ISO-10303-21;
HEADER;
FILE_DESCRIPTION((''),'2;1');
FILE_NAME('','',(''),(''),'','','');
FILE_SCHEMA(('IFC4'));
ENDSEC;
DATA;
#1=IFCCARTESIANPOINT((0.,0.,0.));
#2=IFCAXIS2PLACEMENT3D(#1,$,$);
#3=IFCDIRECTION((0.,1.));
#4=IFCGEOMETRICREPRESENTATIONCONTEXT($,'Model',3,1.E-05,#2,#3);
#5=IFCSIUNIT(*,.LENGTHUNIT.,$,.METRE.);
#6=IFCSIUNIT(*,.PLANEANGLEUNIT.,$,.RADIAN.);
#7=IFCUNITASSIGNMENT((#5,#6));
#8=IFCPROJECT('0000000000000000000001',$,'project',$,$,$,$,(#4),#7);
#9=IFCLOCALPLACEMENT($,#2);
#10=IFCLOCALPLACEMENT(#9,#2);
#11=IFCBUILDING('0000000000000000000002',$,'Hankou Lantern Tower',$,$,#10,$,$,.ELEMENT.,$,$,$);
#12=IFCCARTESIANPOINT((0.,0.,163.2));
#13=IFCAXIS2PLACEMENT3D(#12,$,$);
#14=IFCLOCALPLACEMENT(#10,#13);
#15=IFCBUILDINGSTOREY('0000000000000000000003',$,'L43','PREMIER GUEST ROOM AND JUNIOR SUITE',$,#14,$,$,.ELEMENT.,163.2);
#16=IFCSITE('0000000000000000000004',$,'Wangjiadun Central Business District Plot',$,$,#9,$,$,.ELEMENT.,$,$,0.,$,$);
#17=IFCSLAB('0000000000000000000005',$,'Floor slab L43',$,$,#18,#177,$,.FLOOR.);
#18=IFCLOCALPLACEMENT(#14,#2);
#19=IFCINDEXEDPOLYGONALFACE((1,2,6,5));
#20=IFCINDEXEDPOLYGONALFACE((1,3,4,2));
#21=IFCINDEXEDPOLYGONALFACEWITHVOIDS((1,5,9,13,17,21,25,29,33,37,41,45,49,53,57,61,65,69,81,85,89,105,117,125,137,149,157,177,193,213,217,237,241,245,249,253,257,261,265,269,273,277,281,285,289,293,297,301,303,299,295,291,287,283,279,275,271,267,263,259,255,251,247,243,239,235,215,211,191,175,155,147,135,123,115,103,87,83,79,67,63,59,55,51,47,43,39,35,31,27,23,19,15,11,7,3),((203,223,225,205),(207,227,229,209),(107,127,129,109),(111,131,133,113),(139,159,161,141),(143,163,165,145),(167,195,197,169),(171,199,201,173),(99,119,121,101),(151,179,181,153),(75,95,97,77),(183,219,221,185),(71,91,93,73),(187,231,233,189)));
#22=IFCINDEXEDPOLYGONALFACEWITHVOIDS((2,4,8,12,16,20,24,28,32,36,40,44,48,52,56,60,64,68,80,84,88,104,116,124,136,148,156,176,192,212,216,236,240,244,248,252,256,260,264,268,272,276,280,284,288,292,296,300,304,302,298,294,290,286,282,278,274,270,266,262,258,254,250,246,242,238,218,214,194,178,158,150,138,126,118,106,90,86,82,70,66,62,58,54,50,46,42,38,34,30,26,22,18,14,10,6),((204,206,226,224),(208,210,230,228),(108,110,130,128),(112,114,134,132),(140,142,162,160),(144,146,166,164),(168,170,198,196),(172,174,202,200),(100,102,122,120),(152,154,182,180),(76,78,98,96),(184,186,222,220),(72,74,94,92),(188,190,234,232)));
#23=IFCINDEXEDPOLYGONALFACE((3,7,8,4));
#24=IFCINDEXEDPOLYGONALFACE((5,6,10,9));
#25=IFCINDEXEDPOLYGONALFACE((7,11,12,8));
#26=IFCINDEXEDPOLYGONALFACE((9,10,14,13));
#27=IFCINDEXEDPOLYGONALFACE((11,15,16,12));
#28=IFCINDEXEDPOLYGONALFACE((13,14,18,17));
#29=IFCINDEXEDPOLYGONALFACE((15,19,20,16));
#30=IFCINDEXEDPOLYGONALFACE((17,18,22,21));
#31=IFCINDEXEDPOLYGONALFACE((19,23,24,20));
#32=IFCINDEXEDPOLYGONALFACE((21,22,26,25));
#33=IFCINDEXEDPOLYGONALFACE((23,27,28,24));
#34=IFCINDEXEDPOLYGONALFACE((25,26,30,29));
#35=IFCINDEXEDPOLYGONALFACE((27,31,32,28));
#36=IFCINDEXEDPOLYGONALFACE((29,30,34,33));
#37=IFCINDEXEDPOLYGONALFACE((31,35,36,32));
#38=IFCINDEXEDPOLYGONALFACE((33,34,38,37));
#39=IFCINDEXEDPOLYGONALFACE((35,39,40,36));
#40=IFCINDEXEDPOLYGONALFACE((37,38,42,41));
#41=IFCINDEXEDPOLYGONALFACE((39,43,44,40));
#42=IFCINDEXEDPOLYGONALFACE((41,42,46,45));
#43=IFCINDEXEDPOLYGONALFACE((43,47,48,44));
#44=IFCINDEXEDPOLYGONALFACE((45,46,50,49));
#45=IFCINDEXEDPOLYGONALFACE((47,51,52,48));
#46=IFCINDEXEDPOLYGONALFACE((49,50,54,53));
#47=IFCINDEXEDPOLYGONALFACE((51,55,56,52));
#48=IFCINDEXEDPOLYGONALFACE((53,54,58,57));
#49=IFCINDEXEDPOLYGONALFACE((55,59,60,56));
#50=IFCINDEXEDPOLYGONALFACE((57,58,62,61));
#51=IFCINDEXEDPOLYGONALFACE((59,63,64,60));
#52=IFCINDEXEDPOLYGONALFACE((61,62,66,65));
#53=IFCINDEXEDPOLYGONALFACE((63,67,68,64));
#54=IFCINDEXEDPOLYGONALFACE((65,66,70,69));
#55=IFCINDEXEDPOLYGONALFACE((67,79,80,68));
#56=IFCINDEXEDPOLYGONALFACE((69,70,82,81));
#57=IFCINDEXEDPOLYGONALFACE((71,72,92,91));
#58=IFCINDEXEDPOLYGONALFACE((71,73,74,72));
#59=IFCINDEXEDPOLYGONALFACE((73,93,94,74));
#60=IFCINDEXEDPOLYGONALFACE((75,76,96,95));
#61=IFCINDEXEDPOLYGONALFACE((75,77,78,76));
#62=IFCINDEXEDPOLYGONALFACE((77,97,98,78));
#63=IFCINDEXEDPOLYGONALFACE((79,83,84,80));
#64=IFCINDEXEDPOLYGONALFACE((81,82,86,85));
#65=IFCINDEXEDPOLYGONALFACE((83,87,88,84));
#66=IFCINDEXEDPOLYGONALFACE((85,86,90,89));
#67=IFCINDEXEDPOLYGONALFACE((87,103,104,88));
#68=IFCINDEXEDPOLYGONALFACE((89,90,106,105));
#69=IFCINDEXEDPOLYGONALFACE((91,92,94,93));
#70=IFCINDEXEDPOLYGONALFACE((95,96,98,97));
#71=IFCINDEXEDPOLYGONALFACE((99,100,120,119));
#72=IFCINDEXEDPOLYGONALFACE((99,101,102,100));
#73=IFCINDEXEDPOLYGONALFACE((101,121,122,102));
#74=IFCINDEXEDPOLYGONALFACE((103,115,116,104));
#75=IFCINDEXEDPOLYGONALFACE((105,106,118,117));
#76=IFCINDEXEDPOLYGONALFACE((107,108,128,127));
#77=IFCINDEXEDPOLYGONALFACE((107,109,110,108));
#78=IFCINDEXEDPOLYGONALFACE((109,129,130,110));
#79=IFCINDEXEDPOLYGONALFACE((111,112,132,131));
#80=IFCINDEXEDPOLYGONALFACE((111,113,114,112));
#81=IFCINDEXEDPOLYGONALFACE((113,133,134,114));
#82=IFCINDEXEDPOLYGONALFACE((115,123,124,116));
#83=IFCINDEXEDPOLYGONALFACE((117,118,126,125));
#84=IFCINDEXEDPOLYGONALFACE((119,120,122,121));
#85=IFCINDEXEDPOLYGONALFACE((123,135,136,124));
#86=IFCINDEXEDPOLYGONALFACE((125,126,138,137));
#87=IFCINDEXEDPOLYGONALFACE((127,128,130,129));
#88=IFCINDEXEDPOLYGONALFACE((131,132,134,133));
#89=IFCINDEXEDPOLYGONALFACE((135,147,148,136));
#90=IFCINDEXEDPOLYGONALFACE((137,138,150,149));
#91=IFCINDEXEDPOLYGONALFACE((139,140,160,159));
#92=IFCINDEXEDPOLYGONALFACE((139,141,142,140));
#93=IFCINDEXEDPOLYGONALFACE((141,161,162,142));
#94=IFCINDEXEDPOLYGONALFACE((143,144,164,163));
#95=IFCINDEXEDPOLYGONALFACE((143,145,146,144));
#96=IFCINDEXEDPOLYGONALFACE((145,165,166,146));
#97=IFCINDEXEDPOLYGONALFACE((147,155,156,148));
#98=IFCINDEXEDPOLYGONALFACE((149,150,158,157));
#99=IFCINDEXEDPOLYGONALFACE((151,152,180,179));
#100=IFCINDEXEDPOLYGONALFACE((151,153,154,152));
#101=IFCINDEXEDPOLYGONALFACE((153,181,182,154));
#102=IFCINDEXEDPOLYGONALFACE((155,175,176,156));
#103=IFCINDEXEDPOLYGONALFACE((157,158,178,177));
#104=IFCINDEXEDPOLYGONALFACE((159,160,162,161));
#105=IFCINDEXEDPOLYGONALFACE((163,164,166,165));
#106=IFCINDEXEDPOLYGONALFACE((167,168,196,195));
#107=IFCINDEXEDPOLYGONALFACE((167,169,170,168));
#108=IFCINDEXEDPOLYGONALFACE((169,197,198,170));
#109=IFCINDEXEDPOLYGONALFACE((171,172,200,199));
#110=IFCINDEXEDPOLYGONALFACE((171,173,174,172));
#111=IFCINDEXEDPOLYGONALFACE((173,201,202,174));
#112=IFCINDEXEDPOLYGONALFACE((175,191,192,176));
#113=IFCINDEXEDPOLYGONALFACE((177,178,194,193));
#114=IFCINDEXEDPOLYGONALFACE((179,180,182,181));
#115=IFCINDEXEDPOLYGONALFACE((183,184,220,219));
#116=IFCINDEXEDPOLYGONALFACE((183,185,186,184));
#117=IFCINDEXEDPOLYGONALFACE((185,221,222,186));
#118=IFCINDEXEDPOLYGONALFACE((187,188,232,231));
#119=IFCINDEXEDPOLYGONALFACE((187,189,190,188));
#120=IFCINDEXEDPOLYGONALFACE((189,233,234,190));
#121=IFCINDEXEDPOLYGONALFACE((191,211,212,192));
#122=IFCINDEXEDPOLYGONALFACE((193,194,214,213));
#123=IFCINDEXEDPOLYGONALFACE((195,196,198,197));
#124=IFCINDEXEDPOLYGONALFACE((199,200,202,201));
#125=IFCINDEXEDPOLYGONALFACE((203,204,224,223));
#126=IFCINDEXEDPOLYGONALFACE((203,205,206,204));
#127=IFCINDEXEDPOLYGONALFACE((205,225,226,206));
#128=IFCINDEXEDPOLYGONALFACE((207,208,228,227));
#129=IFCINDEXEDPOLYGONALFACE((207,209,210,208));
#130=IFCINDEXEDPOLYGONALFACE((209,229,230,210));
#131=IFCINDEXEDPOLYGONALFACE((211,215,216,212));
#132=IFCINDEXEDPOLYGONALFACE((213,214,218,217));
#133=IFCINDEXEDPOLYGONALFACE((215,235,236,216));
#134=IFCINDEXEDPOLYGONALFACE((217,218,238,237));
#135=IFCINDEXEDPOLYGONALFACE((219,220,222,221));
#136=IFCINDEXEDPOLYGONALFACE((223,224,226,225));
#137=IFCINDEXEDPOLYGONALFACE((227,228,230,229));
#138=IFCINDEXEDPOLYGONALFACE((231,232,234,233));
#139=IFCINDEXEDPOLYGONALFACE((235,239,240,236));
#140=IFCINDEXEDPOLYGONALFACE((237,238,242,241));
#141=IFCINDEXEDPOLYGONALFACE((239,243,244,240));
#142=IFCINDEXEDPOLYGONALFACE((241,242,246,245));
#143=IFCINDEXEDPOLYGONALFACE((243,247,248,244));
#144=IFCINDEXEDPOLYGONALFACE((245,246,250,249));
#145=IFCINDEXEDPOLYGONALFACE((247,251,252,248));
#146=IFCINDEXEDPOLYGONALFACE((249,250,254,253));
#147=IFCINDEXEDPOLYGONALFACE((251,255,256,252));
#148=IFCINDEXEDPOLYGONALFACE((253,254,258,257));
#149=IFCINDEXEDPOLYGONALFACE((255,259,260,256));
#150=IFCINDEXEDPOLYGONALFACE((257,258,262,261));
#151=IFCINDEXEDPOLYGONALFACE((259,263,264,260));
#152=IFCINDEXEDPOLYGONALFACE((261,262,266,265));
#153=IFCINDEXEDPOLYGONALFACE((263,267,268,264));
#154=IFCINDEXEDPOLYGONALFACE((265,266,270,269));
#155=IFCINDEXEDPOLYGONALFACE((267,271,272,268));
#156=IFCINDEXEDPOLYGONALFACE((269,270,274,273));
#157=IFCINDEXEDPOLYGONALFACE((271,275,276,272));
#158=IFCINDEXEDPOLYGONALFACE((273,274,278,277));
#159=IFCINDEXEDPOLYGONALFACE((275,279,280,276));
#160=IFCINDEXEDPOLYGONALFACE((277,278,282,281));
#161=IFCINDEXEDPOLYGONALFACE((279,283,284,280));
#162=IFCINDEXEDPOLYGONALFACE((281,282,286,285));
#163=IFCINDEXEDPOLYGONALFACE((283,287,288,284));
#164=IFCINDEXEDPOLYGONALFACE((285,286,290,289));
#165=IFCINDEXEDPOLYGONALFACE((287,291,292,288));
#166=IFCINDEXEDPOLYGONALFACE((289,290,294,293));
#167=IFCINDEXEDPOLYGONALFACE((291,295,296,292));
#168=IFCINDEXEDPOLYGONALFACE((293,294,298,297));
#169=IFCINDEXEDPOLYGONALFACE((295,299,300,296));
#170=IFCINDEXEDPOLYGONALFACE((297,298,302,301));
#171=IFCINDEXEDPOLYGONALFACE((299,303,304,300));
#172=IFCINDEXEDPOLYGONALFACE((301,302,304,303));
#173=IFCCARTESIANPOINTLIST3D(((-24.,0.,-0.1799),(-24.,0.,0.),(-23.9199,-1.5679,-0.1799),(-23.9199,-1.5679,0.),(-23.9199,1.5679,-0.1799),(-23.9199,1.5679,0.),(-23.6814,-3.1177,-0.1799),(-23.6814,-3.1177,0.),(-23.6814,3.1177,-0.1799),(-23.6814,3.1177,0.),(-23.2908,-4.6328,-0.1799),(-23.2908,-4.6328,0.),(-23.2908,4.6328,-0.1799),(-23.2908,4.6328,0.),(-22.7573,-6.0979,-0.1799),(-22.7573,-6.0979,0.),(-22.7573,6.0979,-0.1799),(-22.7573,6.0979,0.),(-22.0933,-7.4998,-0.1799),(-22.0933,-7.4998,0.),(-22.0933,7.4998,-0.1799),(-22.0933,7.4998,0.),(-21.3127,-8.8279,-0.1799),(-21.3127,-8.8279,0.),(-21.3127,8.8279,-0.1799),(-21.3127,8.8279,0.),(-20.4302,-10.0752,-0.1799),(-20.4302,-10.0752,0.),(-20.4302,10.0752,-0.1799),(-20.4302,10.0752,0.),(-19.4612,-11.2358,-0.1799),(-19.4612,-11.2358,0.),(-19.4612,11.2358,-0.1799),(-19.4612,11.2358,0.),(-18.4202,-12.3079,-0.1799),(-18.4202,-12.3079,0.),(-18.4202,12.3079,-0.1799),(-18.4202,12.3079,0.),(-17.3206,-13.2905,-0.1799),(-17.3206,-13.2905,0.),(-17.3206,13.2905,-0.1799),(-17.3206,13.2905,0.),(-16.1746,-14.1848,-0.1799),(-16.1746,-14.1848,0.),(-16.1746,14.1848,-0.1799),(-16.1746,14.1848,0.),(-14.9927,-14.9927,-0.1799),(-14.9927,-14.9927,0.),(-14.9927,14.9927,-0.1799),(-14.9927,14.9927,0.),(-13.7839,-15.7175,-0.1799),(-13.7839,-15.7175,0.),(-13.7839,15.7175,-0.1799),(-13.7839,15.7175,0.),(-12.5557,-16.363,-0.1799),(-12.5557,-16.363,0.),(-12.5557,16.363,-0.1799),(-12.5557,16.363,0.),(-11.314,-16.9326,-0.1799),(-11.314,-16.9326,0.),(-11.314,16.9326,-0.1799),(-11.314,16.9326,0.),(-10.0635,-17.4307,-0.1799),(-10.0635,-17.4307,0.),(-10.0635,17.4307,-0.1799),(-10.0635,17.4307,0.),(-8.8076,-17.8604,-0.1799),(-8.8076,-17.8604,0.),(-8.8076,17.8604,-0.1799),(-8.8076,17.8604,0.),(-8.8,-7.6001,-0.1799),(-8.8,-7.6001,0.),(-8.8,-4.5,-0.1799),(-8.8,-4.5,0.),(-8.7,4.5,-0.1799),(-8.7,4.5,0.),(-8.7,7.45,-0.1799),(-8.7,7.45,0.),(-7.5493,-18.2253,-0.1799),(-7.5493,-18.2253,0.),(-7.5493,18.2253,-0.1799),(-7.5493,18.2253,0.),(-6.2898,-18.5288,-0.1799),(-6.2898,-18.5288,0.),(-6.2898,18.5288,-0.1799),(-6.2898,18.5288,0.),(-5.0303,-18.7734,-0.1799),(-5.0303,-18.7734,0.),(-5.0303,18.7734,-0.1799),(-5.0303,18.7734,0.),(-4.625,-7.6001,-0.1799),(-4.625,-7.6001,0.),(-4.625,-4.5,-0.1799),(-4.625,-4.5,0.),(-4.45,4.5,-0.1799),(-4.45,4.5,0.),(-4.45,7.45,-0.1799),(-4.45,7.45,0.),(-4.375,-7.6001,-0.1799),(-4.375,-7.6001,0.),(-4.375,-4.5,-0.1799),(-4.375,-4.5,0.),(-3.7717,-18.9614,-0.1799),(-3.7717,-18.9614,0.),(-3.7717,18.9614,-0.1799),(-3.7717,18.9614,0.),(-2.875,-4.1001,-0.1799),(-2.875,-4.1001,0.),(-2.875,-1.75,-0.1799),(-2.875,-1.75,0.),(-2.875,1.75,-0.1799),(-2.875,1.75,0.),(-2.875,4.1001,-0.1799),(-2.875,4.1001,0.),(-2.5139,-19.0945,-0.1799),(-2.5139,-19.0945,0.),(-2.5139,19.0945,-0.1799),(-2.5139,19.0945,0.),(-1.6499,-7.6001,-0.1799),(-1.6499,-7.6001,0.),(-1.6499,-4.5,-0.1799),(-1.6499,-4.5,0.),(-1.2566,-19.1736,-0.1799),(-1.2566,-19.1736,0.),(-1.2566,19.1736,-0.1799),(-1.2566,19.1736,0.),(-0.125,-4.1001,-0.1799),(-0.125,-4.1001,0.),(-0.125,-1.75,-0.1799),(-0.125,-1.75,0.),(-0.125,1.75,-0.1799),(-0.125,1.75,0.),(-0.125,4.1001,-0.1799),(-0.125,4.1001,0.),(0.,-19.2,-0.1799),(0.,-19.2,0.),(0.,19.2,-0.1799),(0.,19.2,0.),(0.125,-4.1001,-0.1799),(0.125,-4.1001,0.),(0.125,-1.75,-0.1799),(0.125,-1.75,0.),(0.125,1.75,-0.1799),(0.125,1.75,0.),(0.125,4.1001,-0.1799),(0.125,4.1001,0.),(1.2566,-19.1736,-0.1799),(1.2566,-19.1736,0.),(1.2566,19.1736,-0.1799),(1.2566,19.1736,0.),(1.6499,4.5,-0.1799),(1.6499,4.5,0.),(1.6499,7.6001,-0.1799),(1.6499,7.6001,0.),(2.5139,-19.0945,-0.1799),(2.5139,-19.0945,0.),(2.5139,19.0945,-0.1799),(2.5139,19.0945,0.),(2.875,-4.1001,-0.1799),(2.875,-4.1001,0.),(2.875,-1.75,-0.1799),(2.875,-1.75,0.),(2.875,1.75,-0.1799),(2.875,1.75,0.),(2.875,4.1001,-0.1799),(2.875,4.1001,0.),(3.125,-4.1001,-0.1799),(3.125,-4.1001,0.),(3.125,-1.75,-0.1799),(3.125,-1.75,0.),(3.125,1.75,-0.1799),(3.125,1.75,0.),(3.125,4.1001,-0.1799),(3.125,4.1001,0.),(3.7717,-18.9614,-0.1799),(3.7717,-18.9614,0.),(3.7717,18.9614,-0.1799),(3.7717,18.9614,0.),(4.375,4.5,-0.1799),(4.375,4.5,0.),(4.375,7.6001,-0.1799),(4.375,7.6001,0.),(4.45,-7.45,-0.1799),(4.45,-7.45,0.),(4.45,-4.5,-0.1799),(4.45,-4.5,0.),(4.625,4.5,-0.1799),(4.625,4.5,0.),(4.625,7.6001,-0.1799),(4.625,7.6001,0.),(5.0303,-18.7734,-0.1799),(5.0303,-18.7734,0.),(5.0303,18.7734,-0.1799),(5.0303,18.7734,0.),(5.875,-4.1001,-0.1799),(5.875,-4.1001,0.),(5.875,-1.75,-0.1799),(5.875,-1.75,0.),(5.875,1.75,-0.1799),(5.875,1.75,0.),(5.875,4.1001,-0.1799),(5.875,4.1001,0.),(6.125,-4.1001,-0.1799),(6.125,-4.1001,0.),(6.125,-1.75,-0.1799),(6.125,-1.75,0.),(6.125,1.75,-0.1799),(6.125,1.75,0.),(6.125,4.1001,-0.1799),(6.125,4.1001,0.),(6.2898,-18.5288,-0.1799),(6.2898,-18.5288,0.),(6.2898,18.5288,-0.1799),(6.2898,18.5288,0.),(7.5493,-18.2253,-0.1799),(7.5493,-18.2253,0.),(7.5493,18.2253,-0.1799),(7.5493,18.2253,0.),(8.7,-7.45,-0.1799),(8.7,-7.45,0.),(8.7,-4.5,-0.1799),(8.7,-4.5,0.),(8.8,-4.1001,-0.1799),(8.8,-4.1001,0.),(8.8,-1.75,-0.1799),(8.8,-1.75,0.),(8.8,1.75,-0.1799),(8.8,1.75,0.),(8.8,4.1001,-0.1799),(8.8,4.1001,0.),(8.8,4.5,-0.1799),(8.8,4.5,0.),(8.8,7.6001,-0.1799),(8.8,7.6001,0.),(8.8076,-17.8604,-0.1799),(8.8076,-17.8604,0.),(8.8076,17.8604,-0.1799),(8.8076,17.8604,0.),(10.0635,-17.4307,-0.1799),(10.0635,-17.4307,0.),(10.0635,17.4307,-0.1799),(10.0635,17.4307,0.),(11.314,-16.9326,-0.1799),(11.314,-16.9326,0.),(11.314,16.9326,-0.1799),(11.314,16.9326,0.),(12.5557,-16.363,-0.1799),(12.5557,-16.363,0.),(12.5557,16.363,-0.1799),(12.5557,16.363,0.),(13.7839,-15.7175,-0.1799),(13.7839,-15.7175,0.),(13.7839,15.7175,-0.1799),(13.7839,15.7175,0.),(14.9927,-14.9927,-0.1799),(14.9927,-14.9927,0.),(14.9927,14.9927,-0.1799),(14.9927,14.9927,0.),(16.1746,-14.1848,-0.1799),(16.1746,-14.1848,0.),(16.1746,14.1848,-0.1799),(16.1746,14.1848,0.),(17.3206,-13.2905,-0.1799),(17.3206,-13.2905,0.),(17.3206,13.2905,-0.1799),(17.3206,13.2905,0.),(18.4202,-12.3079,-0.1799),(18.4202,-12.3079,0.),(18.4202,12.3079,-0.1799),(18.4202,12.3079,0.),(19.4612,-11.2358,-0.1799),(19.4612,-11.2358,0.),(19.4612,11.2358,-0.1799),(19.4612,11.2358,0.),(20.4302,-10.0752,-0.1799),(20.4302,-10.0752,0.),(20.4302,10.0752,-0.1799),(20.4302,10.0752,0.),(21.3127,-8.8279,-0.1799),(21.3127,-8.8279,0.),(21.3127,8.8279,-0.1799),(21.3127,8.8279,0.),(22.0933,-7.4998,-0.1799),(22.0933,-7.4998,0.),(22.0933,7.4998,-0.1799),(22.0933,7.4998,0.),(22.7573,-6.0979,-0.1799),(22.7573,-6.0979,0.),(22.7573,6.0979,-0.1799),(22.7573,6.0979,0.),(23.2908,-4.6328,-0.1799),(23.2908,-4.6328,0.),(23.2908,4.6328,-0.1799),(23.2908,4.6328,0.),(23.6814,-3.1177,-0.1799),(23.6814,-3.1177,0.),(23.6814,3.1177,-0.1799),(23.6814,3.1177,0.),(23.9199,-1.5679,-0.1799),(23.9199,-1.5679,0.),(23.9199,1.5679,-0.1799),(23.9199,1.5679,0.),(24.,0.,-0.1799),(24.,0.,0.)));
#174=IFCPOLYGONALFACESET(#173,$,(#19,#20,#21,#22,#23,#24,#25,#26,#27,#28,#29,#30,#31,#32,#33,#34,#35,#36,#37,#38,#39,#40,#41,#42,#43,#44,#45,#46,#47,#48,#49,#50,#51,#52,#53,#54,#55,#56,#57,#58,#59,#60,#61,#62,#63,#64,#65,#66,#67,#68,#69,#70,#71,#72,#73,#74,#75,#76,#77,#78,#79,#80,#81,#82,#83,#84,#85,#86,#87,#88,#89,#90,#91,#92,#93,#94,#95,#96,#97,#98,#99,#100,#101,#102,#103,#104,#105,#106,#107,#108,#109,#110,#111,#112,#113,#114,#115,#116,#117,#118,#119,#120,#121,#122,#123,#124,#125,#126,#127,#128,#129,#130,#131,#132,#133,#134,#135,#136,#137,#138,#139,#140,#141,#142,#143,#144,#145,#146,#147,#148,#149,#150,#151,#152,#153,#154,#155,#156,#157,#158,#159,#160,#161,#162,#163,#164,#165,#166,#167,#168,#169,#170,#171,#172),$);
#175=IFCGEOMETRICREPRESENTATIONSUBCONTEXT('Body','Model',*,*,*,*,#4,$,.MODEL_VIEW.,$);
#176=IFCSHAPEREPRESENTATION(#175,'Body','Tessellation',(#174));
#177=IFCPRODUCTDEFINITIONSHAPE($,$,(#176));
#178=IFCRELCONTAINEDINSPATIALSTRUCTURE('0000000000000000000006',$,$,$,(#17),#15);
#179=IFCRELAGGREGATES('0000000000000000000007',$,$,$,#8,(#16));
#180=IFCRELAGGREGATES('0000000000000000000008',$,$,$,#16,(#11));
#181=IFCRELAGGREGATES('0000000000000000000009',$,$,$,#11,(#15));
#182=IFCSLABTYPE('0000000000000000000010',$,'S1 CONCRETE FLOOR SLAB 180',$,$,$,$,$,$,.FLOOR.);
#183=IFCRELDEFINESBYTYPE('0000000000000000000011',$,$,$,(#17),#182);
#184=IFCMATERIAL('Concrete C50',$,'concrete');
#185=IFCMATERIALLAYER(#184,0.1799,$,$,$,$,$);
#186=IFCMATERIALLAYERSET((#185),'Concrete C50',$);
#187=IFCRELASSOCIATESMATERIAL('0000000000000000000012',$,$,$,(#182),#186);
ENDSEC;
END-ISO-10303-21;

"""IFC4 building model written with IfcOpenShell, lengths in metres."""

from ifc_helpers import new_model, si_unit, direction, frame, origin, place, context, subcontext, project, spatial, polyline, outline, extrude, material, layer, layer_set, type_object, element, save


model = new_model("IFC4")

# Units and contexts
model_context = context("Model", 3, precision=1e-05, world=origin(), true_north=direction((0.0, 1.0)))
body_context = subcontext(model_context, "Body", "Model", "MODEL_VIEW")
ifc_project = project(units=[si_unit("LENGTHUNIT", "METRE"), si_unit("PLANEANGLEUNIT", "RADIAN")], contexts=[model_context])

# Site, building, storey
site_placement = place(None, origin())
site = spatial("IfcSite", under=ifc_project, at=site_placement, Name="Wangjiadun Central Business District Plot", CompositionType="ELEMENT", RefElevation=0.0)
building_placement = place(site_placement, origin())
building = spatial("IfcBuilding", under=site, at=building_placement, Name="Hankou Lantern Tower", CompositionType="ELEMENT")
storey_placement = place(building_placement, frame((0.0, 0.0, 163.2)))
storey = spatial("IfcBuildingStorey", under=building, at=storey_placement, Name="L43", Description="PREMIER GUEST ROOM AND JUNIOR SUITE", CompositionType="ELEMENT", Elevation=163.2)

# Slab
ifc_material_1 = material(Name="Concrete C50", Category="concrete")
ifc_layer_1 = layer(ifc_material_1, 0.1799)
ifc_layer_set_1 = layer_set([ifc_layer_1], Name="Concrete C50")
slab_type_1 = type_object("IfcSlabType", Name="S1 CONCRETE FLOOR SLAB 180", PredefinedType="FLOOR", material=ifc_layer_set_1)
slab_1_placement = place(storey_placement, frame((0.0, 0.0, -0.1799)))
element("IfcSlab", 1, at=slab_1_placement, inside=storey, type_object=slab_type_1, Name="Floor slab L43", PredefinedType="FLOOR", context=body_context, shape_type="SweptSolid", body=[
    extrude(outline(polyline([(24.0, 0.0), (23.9199, 1.5679), (23.6814, 3.1177), (23.2908, 4.6328), (22.7573, 6.0979), (22.0933, 7.4998), (21.3127, 8.8279), (20.4302, 10.0752), (19.4612, 11.2358), (18.4202, 12.3079), (17.3206, 13.2905), (16.1746, 14.1848), (14.9927, 14.9927), (13.7839, 15.7175), (12.5557, 16.363), (11.314, 16.9326), (10.0635, 17.4307), (8.8076, 17.8604), (7.5493, 18.2253), (6.2898, 18.5288), (5.0303, 18.7734), (3.7717, 18.9614), (2.5139, 19.0945), (1.2566, 19.1736), (0.0, 19.2), (-1.2566, 19.1736), (-2.5139, 19.0945), (-3.7717, 18.9614), (-5.0303, 18.7734), (-6.2898, 18.5288), (-7.5493, 18.2253), (-8.8076, 17.8604), (-10.0635, 17.4307), (-11.314, 16.9326), (-12.5557, 16.363), (-13.7839, 15.7175), (-14.9927, 14.9927), (-16.1746, 14.1848), (-17.3206, 13.2905), (-18.4202, 12.3079), (-19.4612, 11.2358), (-20.4302, 10.0752), (-21.3127, 8.8279), (-22.0933, 7.4998), (-22.7573, 6.0979), (-23.2908, 4.6328), (-23.6814, 3.1177), (-23.9199, 1.5679), (-24.0, 0.0), (-23.9199, -1.5679), (-23.6814, -3.1177), (-23.2908, -4.6328), (-22.7573, -6.0979), (-22.0933, -7.4998), (-21.3127, -8.8279), (-20.4302, -10.0752), (-19.4612, -11.2358), (-18.4202, -12.3079), (-17.3206, -13.2905), (-16.1746, -14.1848), (-14.9927, -14.9927), (-13.7839, -15.7175), (-12.5557, -16.363), (-11.314, -16.9326), (-10.0635, -17.4307), (-8.8076, -17.8604), (-7.5493, -18.2253), (-6.2898, -18.5288), (-5.0303, -18.7734), (-3.7717, -18.9614), (-2.5139, -19.0945), (-1.2566, -19.1736), (0.0, -19.2), (1.2566, -19.1736), (2.5139, -19.0945), (3.7717, -18.9614), (5.0303, -18.7734), (6.2898, -18.5288), (7.5493, -18.2253), (8.8076, -17.8604), (10.0635, -17.4307), (11.314, -16.9326), (12.5557, -16.363), (13.7839, -15.7175), (14.9927, -14.9927), (16.1746, -14.1848), (17.3206, -13.2905), (18.4202, -12.3079), (19.4612, -11.2358), (20.4302, -10.0752), (21.3127, -8.8279), (22.0933, -7.4998), (22.7573, -6.0979), (23.2908, -4.6328), (23.6814, -3.1177), (23.9199, -1.5679), (24.0, 0.0)]), holes=[polyline([(-2.875, 4.1001), (-0.125, 4.1001), (-0.125, 1.75), (-2.875, 1.75), (-2.875, 4.1001)]), polyline([(0.125, 4.1001), (2.875, 4.1001), (2.875, 1.75), (0.125, 1.75), (0.125, 4.1001)]), polyline([(3.125, 4.1001), (5.875, 4.1001), (5.875, 1.75), (3.125, 1.75), (3.125, 4.1001)]), polyline([(6.125, 4.1001), (8.8, 4.1001), (8.8, 1.75), (6.125, 1.75), (6.125, 4.1001)]), polyline([(-2.875, -1.75), (-0.125, -1.75), (-0.125, -4.1001), (-2.875, -4.1001), (-2.875, -1.75)]), polyline([(0.125, -1.75), (2.875, -1.75), (2.875, -4.1001), (0.125, -4.1001), (0.125, -1.75)]), polyline([(3.125, -1.75), (5.875, -1.75), (5.875, -4.1001), (3.125, -4.1001), (3.125, -1.75)]), polyline([(6.125, -1.75), (8.8, -1.75), (8.8, -4.1001), (6.125, -4.1001), (6.125, -1.75)]), polyline([(1.6499, 7.6001), (4.375, 7.6001), (4.375, 4.5), (1.6499, 4.5), (1.6499, 7.6001)]), polyline([(-4.375, -4.5), (-1.6499, -4.5), (-1.6499, -7.6001), (-4.375, -7.6001), (-4.375, -4.5)]), polyline([(-8.7, 7.45), (-4.45, 7.45), (-4.45, 4.5), (-8.7, 4.5), (-8.7, 7.45)]), polyline([(4.45, -4.5), (8.7, -4.5), (8.7, -7.45), (4.45, -7.45), (4.45, -4.5)]), polyline([(4.625, 7.6001), (8.8, 7.6001), (8.8, 4.5), (4.625, 4.5), (4.625, 7.6001)]), polyline([(-8.8, -4.5), (-4.625, -4.5), (-4.625, -7.6001), (-8.8, -7.6001), (-8.8, -4.5)])]), origin(), (0.0, 0.0, 1.0), 0.1799),
])

save(model, "model.ifc")
